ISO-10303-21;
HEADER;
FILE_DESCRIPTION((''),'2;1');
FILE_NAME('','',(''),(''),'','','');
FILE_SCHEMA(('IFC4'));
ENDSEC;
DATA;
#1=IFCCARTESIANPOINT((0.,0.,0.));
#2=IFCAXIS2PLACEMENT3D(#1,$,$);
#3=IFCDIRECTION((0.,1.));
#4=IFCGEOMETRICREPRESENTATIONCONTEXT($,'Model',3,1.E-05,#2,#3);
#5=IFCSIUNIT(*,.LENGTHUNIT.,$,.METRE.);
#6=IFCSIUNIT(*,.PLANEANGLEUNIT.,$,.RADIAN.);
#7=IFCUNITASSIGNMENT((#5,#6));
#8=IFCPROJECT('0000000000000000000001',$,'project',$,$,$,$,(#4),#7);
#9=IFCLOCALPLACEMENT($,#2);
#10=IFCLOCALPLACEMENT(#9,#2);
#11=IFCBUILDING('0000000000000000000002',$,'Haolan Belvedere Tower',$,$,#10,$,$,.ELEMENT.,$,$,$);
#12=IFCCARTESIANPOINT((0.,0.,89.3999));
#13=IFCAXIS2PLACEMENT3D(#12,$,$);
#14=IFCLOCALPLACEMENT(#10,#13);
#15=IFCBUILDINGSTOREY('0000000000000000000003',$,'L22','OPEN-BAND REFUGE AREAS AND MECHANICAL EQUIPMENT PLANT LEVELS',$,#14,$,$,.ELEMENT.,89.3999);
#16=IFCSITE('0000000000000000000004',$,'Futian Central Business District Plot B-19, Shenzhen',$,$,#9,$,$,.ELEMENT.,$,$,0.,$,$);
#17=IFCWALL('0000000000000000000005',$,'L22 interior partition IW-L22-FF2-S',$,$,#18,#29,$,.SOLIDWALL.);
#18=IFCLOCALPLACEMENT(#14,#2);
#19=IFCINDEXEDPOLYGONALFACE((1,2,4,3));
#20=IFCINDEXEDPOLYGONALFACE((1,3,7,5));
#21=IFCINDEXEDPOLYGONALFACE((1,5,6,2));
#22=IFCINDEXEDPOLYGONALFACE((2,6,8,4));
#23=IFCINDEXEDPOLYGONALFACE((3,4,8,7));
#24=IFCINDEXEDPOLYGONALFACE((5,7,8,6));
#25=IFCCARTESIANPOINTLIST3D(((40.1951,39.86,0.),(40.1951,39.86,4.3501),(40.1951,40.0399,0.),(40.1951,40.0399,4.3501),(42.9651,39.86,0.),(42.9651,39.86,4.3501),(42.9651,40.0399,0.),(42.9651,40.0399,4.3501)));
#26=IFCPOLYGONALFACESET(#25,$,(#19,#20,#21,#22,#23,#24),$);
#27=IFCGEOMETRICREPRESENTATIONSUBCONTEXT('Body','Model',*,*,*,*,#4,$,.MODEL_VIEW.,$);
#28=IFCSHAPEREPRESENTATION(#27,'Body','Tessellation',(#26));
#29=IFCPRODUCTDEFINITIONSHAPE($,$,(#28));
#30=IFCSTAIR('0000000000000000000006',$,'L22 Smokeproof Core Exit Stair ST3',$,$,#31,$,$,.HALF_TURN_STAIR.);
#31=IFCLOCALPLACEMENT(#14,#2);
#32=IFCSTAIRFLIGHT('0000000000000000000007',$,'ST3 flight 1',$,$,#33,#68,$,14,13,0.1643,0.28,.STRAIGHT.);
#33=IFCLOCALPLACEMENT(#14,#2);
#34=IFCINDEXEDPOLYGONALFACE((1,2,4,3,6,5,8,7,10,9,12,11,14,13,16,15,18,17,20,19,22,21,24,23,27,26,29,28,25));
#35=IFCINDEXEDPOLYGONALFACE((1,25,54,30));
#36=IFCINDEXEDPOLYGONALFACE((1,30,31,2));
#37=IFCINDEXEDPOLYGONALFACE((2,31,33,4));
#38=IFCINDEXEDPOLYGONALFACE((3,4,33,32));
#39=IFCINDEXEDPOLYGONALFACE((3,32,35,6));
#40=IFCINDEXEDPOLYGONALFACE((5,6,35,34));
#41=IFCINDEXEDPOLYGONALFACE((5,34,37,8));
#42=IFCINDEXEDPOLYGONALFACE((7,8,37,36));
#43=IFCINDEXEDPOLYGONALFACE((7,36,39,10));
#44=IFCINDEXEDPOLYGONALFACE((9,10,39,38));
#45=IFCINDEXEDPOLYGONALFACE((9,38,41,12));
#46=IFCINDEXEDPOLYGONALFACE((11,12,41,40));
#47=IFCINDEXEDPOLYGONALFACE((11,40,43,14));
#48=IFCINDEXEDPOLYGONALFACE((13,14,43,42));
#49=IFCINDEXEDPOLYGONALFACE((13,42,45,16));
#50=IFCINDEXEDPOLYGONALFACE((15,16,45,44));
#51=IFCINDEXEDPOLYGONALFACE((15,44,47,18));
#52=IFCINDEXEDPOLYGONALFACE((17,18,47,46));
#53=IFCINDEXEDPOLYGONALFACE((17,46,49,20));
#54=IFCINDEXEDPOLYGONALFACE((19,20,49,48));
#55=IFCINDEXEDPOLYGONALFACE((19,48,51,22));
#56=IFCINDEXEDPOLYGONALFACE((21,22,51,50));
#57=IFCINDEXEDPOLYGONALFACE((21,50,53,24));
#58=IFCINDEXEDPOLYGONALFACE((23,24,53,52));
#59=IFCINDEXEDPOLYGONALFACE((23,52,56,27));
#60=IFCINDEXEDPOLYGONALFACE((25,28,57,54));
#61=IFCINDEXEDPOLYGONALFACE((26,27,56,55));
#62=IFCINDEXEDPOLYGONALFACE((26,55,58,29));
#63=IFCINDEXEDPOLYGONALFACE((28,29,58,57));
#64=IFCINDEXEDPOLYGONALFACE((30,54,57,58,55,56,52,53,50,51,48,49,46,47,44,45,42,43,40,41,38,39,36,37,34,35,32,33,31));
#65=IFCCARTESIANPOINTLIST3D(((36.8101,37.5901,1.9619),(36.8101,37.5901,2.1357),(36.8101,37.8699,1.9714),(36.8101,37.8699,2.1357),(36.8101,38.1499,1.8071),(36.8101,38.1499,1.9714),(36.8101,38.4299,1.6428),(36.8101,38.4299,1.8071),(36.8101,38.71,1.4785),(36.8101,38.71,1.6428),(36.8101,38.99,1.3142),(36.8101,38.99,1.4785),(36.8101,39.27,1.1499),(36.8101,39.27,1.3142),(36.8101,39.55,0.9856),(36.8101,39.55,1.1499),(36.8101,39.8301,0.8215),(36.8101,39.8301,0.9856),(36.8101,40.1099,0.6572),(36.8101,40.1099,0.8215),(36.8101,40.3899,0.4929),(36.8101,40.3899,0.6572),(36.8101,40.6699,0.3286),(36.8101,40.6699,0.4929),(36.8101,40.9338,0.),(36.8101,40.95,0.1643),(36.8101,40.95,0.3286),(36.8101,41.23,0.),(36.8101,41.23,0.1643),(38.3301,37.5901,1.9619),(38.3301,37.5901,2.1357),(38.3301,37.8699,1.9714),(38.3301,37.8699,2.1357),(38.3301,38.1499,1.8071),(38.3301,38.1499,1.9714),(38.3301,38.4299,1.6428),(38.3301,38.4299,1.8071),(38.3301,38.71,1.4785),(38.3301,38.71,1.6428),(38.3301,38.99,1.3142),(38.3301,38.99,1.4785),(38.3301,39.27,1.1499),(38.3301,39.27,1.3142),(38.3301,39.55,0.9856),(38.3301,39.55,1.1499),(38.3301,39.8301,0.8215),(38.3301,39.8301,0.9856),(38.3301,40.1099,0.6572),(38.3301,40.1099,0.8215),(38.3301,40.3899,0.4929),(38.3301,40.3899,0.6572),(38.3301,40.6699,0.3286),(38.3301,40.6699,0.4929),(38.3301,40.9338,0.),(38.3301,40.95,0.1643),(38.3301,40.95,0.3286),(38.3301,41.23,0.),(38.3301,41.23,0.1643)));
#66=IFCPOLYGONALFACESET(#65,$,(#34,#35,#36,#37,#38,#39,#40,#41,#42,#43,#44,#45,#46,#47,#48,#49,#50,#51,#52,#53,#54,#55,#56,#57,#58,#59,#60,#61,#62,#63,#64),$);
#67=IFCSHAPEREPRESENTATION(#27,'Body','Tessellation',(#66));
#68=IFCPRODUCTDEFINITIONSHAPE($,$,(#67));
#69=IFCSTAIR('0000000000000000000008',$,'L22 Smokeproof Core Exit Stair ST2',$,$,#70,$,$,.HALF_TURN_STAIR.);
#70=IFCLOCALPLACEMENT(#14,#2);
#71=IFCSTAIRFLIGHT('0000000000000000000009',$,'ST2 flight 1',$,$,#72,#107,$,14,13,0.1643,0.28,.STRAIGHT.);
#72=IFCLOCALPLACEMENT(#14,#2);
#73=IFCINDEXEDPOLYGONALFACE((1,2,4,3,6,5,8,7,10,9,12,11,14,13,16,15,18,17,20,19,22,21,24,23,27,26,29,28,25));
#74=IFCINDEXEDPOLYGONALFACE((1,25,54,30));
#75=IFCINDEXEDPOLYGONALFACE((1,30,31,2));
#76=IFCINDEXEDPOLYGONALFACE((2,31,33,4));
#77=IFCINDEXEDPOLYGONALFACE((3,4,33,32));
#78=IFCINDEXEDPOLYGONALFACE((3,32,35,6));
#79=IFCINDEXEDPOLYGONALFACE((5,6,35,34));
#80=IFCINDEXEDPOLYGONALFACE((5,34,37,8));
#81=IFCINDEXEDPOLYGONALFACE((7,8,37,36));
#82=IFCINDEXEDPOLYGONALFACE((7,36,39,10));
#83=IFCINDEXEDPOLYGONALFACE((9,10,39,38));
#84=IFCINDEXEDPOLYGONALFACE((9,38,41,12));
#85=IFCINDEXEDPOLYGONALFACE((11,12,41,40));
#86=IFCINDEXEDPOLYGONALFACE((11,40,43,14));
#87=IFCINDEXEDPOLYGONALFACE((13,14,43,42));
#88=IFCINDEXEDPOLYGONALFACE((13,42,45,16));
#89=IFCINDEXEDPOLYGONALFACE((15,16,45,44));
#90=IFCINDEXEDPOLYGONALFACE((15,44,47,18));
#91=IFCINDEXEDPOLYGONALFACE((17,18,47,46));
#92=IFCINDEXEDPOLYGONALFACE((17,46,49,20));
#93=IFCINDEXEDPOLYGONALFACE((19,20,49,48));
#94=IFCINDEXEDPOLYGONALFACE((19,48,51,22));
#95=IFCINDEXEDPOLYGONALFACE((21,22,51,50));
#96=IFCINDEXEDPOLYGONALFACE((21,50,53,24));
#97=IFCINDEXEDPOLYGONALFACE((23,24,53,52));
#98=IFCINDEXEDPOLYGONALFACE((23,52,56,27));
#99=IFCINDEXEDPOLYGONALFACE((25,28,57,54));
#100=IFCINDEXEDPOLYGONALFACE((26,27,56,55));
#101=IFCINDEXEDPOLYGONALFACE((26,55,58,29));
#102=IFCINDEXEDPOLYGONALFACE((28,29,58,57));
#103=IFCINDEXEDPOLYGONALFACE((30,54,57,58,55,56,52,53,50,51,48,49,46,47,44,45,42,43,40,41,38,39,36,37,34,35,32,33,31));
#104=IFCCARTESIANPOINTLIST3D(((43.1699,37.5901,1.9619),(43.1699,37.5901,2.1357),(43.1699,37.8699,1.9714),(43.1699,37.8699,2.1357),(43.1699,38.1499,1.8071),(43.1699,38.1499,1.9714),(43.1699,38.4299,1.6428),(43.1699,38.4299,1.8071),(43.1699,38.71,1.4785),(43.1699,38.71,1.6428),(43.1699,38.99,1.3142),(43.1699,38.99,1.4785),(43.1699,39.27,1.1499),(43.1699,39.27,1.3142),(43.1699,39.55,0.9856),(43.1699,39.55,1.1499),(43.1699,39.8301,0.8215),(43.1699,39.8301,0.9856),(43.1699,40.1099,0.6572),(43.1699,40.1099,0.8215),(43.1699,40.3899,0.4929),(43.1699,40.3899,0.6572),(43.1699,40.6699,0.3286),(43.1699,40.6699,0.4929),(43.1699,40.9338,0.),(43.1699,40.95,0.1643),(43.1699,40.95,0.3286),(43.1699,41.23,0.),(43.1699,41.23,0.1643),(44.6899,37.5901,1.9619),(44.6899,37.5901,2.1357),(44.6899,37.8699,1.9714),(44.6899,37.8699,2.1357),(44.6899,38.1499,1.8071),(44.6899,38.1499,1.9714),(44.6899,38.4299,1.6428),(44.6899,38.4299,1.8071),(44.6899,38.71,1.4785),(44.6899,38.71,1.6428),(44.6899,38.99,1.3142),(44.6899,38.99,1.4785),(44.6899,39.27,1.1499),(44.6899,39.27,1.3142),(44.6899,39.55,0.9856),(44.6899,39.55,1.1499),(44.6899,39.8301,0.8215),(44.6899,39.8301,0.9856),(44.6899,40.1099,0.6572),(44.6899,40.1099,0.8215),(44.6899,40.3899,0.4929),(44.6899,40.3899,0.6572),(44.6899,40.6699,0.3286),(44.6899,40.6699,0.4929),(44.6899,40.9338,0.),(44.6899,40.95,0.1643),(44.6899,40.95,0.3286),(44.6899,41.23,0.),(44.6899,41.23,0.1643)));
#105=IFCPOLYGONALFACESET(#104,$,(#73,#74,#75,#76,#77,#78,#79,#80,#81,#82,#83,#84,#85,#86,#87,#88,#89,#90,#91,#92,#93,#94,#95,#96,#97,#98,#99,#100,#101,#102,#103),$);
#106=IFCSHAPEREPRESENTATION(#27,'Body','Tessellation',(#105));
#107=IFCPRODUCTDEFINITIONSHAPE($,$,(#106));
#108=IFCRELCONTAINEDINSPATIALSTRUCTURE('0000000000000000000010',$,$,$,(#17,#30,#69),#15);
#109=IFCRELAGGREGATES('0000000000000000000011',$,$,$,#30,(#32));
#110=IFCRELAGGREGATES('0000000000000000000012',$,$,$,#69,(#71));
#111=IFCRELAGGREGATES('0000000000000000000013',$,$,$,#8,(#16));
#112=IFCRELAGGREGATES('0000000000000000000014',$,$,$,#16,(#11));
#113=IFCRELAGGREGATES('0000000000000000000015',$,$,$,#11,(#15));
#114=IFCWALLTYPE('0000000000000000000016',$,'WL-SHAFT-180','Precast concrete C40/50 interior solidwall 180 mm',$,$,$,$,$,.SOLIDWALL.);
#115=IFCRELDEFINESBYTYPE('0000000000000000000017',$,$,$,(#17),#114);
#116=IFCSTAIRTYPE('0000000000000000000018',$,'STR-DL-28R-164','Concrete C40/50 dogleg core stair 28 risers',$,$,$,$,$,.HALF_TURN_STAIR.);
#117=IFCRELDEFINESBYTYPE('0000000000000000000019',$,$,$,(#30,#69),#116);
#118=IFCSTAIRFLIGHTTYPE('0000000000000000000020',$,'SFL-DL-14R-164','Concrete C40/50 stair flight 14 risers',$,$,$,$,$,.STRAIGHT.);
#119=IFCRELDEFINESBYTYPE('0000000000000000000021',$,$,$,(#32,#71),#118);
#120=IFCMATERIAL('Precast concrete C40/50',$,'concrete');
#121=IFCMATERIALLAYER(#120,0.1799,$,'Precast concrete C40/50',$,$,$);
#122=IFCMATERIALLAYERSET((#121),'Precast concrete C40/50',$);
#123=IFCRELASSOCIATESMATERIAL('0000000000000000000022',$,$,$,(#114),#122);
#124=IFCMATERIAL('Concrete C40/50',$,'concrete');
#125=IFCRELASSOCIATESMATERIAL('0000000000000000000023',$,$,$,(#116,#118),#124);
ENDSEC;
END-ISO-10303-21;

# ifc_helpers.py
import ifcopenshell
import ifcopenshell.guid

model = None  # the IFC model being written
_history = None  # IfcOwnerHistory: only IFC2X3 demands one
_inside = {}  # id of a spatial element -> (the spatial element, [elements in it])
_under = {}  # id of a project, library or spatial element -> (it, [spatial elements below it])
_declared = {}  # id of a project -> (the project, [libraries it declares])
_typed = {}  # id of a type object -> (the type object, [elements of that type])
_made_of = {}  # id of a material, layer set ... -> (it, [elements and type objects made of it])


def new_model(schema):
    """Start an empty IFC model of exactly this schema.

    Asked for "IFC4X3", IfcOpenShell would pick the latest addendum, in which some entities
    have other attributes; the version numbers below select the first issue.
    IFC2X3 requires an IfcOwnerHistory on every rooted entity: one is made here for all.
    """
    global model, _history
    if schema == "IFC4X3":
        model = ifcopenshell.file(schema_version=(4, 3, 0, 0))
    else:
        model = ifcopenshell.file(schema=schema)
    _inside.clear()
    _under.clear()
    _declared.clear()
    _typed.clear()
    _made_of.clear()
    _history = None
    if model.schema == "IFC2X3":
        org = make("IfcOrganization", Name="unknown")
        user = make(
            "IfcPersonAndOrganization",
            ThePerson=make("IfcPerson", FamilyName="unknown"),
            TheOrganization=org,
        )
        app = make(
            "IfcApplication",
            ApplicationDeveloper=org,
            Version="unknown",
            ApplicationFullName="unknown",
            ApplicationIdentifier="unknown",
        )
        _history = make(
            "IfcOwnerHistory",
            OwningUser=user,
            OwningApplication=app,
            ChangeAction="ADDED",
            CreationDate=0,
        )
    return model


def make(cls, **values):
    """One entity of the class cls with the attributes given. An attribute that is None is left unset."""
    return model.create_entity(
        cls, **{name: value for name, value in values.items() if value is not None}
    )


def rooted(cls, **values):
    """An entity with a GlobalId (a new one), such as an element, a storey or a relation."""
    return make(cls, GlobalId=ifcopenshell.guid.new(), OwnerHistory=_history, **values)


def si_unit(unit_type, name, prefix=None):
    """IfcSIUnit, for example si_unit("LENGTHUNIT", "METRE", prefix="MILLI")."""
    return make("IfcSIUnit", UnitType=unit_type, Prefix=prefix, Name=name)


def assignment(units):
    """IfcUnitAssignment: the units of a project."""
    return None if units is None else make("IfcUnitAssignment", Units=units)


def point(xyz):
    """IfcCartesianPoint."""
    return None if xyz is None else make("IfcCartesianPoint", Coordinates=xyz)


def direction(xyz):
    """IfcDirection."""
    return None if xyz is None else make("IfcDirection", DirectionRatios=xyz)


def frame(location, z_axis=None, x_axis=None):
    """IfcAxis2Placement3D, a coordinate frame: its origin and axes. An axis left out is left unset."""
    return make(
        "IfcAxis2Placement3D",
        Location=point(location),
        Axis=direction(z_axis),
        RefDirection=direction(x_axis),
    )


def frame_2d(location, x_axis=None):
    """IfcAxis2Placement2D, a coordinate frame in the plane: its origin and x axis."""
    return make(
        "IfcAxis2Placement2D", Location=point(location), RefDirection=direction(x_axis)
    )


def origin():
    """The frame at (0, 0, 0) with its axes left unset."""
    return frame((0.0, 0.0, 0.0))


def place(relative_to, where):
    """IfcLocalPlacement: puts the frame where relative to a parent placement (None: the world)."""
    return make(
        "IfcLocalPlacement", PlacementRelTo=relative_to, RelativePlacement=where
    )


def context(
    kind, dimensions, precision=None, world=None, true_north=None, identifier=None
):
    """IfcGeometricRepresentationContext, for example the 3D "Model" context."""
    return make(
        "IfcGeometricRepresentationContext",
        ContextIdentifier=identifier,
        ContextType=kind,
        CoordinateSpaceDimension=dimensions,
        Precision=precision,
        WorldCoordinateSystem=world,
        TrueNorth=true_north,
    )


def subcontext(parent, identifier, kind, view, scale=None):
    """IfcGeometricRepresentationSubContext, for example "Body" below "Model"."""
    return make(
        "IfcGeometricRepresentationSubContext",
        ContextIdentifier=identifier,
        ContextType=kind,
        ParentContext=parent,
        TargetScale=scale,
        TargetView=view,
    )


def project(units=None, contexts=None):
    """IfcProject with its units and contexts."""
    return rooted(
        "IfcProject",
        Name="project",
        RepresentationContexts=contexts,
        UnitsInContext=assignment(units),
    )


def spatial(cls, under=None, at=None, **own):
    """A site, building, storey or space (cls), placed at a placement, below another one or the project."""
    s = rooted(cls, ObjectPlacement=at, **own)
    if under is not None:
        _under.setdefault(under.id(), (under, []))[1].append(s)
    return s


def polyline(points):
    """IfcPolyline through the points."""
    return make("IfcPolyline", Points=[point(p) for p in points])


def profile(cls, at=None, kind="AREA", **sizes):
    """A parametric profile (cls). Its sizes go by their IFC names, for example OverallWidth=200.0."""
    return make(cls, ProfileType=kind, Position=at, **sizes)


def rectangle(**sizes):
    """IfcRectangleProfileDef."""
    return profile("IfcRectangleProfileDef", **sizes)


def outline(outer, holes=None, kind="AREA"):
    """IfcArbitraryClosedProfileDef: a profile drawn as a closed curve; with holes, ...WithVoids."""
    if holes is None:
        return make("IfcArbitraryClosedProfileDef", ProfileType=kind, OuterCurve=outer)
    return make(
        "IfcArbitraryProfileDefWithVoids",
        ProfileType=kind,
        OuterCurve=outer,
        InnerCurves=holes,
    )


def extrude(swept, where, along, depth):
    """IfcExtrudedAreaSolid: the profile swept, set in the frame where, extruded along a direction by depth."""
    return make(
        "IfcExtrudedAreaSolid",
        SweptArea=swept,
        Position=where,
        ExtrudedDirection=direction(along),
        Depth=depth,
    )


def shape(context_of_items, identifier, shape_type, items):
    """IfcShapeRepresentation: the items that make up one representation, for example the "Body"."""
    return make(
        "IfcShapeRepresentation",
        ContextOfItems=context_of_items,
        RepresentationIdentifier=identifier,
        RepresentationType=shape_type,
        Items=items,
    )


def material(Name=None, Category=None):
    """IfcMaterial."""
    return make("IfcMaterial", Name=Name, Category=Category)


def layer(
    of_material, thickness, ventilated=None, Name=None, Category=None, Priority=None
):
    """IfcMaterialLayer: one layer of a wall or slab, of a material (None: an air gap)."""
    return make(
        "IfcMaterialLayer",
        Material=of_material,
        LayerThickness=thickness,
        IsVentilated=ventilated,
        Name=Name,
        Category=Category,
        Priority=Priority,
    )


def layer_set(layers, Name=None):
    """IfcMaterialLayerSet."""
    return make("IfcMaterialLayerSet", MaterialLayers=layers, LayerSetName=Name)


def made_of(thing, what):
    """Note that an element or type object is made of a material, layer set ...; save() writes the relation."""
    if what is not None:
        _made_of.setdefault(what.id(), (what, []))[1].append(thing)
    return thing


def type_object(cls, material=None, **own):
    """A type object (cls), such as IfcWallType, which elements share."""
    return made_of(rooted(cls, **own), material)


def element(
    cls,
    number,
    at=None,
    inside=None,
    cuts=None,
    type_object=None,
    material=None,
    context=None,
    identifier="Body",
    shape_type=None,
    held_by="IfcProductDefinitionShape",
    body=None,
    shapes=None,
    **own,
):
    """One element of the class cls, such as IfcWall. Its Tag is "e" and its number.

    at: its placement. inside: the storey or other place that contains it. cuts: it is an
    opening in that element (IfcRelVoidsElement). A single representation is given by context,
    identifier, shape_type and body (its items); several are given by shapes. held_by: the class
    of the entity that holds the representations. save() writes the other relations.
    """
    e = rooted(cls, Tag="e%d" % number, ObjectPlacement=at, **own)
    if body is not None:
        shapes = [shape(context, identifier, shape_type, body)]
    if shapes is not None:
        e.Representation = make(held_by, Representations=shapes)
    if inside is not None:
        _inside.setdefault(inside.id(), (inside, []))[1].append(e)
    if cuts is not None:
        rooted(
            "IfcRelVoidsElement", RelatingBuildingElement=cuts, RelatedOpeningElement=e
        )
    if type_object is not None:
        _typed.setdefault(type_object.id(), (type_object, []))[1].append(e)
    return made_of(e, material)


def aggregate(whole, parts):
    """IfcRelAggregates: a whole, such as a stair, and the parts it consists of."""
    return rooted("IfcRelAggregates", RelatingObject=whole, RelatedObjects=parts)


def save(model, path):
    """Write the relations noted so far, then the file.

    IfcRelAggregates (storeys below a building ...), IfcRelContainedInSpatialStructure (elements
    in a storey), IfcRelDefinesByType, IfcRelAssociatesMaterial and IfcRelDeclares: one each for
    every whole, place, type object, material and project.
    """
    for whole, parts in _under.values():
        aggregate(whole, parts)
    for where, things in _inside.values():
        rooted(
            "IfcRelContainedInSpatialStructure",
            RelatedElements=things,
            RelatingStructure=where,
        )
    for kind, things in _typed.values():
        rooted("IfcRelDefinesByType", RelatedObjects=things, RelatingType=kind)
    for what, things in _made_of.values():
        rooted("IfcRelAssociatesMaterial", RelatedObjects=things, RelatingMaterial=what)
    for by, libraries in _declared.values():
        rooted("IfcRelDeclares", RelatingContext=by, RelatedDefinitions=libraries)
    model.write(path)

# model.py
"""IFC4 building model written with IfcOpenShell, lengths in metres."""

from ifc_helpers import new_model, si_unit, direction, frame, frame_2d, origin, place, context, subcontext, project, spatial, polyline, rectangle, outline, extrude, material, layer, layer_set, type_object, element, aggregate, save


model = new_model("IFC4")

# Units and contexts
model_context = context("Model", 3, precision=1e-05, world=origin(), true_north=direction((0.0, 1.0)))
body_context = subcontext(model_context, "Body", "Model", "MODEL_VIEW")
ifc_project = project(units=[si_unit("LENGTHUNIT", "METRE"), si_unit("PLANEANGLEUNIT", "RADIAN")], contexts=[model_context])

# Site, building, storey
site_placement = place(None, origin())
site = spatial("IfcSite", under=ifc_project, at=site_placement, Name="Futian Central Business District Plot B-19, Shenzhen", CompositionType="ELEMENT", RefElevation=0.0)
building_placement = place(site_placement, origin())
building = spatial("IfcBuilding", under=site, at=building_placement, Name="Haolan Belvedere Tower", CompositionType="ELEMENT")
storey_placement = place(building_placement, frame((0.0, 0.0, 89.3999)))
storey = spatial("IfcBuildingStorey", under=building, at=storey_placement, Name="L22", Description="OPEN-BAND REFUGE AREAS AND MECHANICAL EQUIPMENT PLANT LEVELS", CompositionType="ELEMENT", Elevation=89.3999)

# Shared definitions
ifc_material_1 = material(Name="Concrete C40/50", Category="concrete")

# Wall
ifc_material_2 = material(Name="Precast concrete C40/50", Category="concrete")
ifc_layer_1 = layer(ifc_material_2, 0.1799, Name="Precast concrete C40/50")
ifc_layer_set_1 = layer_set([ifc_layer_1], Name="Precast concrete C40/50")
wall_type_1 = type_object("IfcWallType", Name="WL-SHAFT-180", Description="Precast concrete C40/50 interior solidwall 180 mm", PredefinedType="SOLIDWALL", material=ifc_layer_set_1)
wall_1_placement = place(storey_placement, frame((40.1951, 39.95, 0.0), z_axis=(0.0, 0.0, 1.0), x_axis=(1.0, 0.0, 0.0)))
element("IfcWall", 1, at=wall_1_placement, inside=storey, type_object=wall_type_1, Name="L22 interior partition IW-L22-FF2-S", PredefinedType="SOLIDWALL", context=body_context, shape_type="SweptSolid", body=[
    extrude(rectangle(XDim=2.77, YDim=0.1799, at=frame_2d((1.385, 0.0))), origin(), (0.0, 0.0, 1.0), 4.3501),
])

# Stairs, stair flights
stair_type = type_object("IfcStairType", Name="STR-DL-28R-164", Description="Concrete C40/50 dogleg core stair 28 risers", PredefinedType="HALF_TURN_STAIR", material=ifc_material_1)
stair_1_placement = place(storey_placement, origin())
stair_1 = element("IfcStair", 2, at=stair_1_placement, inside=storey, type_object=stair_type, Name="L22 Smokeproof Core Exit Stair ST3", PredefinedType="HALF_TURN_STAIR")
stair_flight_type = type_object("IfcStairFlightType", Name="SFL-DL-14R-164", Description="Concrete C40/50 stair flight 14 risers", PredefinedType="STRAIGHT", material=ifc_material_1)
stair_flight_1_placement = place(storey_placement, frame((37.5701, 41.23, 0.0), z_axis=(0.0, 0.0, 1.0), x_axis=(0.0, -1.0, 0.0)))
stair_flight_1 = element("IfcStairFlight", 3, at=stair_flight_1_placement, type_object=stair_flight_type, Name="ST3 flight 1", NumberOfRisers=14, NumberOfTreads=13, PredefinedType="STRAIGHT", RiserHeight=0.1643, TreadLength=0.28, context=body_context, shape_type="SweptSolid", body=[
    extrude(outline(polyline([(0.0, 0.0), (0.0, 0.1643), (0.28, 0.1643), (0.28, 0.3286), (0.5601, 0.3286), (0.5601, 0.4929), (0.8401, 0.4929), (0.8401, 0.6572), (1.1201, 0.6572), (1.1201, 0.8215), (1.3999, 0.8215), (1.3999, 0.9856), (1.6799, 0.9856), (1.6799, 1.1499), (1.96, 1.1499), (1.96, 1.3142), (2.24, 1.3142), (2.24, 1.4785), (2.52, 1.4785), (2.52, 1.6428), (2.8, 1.6428), (2.8, 1.8071), (3.0801, 1.8071), (3.0801, 1.9714), (3.3601, 1.9714), (3.3601, 2.1357), (3.6399, 2.1357), (3.6399, 2.3), (3.6399, 1.9619), (0.2961, 0.0), (0.0, 0.0)])), frame((0.0, 0.76, 0.0), z_axis=(0.0, -1.0, 0.0), x_axis=(1.0, 0.0, 0.0)), (0.0, 0.0, 1.0), 1.52),
])
aggregate(stair_1, [stair_flight_1])
stair_2_placement = place(storey_placement, origin())
stair_2 = element("IfcStair", 4, at=stair_2_placement, inside=storey, type_object=stair_type, Name="L22 Smokeproof Core Exit Stair ST2", PredefinedType="HALF_TURN_STAIR")
stair_flight_2_placement = place(storey_placement, frame((43.9299, 41.23, 0.0), z_axis=(0.0, 0.0, 1.0), x_axis=(0.0, -1.0, 0.0)))
stair_flight_2 = element("IfcStairFlight", 5, at=stair_flight_2_placement, type_object=stair_flight_type, Name="ST2 flight 1", NumberOfRisers=14, NumberOfTreads=13, PredefinedType="STRAIGHT", RiserHeight=0.1643, TreadLength=0.28, context=body_context, shape_type="SweptSolid", body=[
    extrude(outline(polyline([(0.0, 0.0), (0.0, 0.1643), (0.28, 0.1643), (0.28, 0.3286), (0.5601, 0.3286), (0.5601, 0.4929), (0.8401, 0.4929), (0.8401, 0.6572), (1.1201, 0.6572), (1.1201, 0.8215), (1.3999, 0.8215), (1.3999, 0.9856), (1.6799, 0.9856), (1.6799, 1.1499), (1.96, 1.1499), (1.96, 1.3142), (2.24, 1.3142), (2.24, 1.4785), (2.52, 1.4785), (2.52, 1.6428), (2.8, 1.6428), (2.8, 1.8071), (3.0801, 1.8071), (3.0801, 1.9714), (3.3601, 1.9714), (3.3601, 2.1357), (3.6399, 2.1357), (3.6399, 2.3), (3.6399, 1.9619), (0.2961, 0.0), (0.0, 0.0)])), frame((0.0, 0.76, 0.0), z_axis=(0.0, -1.0, 0.0), x_axis=(1.0, 0.0, 0.0)), (0.0, 0.0, 1.0), 1.52),
])
aggregate(stair_2, [stair_flight_2])

save(model, "model.ifc")
